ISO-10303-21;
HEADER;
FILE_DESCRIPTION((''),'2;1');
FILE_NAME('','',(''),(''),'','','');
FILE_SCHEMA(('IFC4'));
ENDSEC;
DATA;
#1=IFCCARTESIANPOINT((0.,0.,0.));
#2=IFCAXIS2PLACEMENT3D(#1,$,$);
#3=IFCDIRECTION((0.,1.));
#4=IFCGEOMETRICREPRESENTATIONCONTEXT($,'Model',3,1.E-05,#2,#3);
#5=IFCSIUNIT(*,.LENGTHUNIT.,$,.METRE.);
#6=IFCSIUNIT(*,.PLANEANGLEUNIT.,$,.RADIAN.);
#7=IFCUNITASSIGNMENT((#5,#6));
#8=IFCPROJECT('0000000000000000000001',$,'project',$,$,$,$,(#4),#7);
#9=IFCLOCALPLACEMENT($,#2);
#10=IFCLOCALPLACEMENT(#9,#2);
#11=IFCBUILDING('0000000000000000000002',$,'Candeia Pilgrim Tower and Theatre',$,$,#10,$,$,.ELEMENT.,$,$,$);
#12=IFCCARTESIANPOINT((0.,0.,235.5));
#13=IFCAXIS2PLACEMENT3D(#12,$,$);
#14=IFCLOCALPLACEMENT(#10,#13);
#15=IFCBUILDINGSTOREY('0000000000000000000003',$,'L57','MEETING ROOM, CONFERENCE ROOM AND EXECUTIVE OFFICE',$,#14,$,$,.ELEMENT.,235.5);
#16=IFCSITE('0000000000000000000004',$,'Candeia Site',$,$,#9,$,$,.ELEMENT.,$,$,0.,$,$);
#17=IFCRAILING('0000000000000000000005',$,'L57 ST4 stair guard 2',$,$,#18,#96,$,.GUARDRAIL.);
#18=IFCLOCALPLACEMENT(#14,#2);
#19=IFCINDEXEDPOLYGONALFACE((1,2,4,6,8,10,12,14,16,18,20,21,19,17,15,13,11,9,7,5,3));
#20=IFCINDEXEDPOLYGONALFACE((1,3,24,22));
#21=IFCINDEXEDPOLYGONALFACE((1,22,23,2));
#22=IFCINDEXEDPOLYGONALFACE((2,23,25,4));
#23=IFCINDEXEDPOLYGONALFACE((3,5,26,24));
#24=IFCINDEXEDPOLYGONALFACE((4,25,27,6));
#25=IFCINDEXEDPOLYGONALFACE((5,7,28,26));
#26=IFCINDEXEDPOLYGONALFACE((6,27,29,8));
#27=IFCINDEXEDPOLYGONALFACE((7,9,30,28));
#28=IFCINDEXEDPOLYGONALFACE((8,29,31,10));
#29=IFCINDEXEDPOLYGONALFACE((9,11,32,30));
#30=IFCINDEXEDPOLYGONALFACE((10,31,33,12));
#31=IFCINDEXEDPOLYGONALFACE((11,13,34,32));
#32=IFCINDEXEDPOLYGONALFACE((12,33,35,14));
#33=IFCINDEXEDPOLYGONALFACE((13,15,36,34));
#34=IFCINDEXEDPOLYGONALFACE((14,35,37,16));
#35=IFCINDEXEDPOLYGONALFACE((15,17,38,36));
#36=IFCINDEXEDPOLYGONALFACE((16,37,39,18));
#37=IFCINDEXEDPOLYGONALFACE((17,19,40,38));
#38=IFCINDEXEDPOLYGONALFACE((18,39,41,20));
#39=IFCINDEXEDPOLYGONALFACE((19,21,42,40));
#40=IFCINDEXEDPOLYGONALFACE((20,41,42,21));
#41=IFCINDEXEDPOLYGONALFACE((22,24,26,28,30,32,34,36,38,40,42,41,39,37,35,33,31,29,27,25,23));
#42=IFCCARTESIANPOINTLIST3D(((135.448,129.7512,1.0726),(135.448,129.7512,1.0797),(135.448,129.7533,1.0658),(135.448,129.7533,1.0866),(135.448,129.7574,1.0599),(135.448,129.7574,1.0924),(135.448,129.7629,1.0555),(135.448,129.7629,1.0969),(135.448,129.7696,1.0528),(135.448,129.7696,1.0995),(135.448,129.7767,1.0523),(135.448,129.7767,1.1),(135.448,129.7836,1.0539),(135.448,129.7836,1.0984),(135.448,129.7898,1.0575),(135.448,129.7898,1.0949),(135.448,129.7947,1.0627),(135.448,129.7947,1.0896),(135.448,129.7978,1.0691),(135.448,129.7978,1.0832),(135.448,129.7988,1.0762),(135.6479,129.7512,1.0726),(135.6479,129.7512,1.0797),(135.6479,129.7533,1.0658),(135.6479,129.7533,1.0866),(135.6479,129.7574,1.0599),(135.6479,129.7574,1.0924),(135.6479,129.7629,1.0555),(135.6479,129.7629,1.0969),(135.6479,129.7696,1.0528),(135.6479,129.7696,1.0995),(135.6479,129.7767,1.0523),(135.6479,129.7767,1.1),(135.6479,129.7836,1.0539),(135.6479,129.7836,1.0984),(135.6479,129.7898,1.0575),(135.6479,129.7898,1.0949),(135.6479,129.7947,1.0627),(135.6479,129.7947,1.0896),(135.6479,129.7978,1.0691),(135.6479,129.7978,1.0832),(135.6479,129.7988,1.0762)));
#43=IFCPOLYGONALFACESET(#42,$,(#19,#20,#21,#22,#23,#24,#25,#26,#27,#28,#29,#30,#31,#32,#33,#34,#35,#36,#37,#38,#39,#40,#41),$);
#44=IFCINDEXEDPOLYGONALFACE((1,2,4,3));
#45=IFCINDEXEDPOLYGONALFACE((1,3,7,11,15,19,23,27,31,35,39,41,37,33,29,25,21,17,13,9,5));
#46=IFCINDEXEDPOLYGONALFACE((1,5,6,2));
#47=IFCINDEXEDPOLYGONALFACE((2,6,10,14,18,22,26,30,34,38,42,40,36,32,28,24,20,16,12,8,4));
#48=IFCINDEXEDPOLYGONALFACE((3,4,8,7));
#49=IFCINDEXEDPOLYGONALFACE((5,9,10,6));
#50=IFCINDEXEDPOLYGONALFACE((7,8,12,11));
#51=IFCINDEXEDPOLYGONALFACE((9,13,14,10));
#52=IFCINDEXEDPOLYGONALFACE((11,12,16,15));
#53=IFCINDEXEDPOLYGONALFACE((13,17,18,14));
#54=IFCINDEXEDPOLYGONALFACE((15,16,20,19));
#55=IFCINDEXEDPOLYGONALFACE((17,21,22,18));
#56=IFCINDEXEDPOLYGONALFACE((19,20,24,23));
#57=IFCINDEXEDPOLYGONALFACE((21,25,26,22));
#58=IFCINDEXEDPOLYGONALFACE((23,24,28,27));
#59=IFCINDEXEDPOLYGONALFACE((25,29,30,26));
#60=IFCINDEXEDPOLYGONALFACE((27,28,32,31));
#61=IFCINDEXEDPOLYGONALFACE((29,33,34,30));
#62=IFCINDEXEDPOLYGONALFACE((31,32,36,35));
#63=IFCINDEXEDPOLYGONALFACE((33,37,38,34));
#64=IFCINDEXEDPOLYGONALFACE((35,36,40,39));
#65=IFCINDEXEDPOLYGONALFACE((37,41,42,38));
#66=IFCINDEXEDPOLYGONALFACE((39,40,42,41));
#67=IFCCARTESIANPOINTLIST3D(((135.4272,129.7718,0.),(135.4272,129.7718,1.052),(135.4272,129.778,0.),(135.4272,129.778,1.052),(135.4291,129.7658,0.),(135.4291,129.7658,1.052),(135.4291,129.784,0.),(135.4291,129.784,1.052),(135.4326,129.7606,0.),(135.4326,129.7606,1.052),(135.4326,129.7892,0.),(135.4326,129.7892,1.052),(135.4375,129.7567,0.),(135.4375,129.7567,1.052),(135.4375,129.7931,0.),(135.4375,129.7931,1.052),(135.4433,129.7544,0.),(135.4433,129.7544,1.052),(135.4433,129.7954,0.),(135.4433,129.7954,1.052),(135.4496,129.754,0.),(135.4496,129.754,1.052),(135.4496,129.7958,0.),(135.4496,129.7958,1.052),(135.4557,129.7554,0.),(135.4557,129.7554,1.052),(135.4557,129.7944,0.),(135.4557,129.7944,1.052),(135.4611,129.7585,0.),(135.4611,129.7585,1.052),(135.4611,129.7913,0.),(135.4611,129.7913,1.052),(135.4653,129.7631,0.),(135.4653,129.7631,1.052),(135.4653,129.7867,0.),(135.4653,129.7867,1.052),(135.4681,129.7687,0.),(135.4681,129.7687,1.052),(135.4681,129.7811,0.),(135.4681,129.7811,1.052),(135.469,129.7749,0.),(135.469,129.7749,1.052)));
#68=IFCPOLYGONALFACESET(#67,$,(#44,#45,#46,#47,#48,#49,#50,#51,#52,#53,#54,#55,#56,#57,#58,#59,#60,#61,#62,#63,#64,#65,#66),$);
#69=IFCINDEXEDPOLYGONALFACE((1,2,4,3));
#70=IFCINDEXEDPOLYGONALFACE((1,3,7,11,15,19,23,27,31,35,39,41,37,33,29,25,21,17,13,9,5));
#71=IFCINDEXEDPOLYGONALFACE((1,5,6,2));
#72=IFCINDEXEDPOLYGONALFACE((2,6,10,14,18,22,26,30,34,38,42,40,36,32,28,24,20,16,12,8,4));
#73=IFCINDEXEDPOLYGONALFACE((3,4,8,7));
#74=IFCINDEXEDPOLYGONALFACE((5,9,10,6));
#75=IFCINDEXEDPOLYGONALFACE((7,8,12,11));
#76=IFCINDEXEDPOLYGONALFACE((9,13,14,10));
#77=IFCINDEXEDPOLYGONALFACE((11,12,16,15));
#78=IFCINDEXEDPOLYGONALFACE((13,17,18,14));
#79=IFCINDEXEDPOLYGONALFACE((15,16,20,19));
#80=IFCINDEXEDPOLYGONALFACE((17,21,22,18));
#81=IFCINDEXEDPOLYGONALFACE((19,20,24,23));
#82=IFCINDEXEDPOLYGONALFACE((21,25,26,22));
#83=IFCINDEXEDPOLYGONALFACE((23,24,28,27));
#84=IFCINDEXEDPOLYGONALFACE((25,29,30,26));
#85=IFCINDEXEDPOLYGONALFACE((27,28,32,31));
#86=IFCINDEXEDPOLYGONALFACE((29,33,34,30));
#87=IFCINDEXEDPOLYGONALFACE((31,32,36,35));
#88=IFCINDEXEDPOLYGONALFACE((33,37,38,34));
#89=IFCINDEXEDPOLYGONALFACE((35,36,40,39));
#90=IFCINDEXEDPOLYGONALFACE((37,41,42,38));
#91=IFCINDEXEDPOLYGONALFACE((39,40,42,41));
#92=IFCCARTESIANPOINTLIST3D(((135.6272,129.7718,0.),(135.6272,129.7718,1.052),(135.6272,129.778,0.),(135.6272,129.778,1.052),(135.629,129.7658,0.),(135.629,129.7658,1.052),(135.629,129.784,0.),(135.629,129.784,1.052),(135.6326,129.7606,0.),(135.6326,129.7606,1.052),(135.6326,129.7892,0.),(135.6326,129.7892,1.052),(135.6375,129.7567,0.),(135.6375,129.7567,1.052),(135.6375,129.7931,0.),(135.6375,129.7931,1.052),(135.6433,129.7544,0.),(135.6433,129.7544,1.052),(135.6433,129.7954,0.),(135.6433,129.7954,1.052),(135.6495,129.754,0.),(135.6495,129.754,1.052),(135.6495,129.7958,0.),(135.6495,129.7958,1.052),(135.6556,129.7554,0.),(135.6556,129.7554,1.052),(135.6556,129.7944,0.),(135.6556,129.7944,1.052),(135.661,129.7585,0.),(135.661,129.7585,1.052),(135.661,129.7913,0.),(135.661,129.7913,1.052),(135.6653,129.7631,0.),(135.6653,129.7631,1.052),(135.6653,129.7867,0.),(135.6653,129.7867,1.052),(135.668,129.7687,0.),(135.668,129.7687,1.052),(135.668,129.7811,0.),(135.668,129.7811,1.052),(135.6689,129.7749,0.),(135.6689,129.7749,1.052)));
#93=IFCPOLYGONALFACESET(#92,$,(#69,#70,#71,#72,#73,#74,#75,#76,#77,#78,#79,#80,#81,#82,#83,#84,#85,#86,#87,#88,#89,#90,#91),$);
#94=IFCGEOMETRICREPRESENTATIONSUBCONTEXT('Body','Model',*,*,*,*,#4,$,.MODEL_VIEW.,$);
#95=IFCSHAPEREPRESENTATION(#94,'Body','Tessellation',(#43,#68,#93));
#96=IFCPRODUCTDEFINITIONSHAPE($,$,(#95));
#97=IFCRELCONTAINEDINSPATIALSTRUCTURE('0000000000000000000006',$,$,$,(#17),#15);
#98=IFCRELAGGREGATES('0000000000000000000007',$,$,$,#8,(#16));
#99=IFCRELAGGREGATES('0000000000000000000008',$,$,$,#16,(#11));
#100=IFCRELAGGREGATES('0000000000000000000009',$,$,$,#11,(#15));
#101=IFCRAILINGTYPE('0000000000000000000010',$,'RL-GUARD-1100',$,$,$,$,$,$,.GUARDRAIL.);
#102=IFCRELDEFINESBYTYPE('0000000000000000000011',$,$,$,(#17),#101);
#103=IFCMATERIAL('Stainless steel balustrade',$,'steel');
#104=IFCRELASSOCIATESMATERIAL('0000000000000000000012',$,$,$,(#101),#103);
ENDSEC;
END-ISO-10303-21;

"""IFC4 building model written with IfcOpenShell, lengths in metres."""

from ifc_helpers import new_model, si_unit, direction, frame, origin, origin_2d, place, context, subcontext, project, spatial, circle, extrude, material, type_object, element, save


model = new_model("IFC4")

# Units and contexts
model_context = context("Model", 3, precision=1e-05, world=origin(), true_north=direction((0.0, 1.0)))
body_context = subcontext(model_context, "Body", "Model", "MODEL_VIEW")
ifc_project = project(units=[si_unit("LENGTHUNIT", "METRE"), si_unit("PLANEANGLEUNIT", "RADIAN")], contexts=[model_context])

# Site, building, storey
site_placement = place(None, origin())
site = spatial("IfcSite", under=ifc_project, at=site_placement, Name="Candeia Site", CompositionType="ELEMENT", RefElevation=0.0)
building_placement = place(site_placement, origin())
building = spatial("IfcBuilding", under=site, at=building_placement, Name="Candeia Pilgrim Tower and Theatre", CompositionType="ELEMENT")
storey_placement = place(building_placement, frame((0.0, 0.0, 235.5)))
storey = spatial("IfcBuildingStorey", under=building, at=storey_placement, Name="L57", Description="MEETING ROOM, CONFERENCE ROOM AND EXECUTIVE OFFICE", CompositionType="ELEMENT", Elevation=235.5)

# Railing
ifc_material_1 = material(Name="Stainless steel balustrade", Category="steel")
railing_type_1 = type_object("IfcRailingType", Name="RL-GUARD-1100", PredefinedType="GUARDRAIL", material=ifc_material_1)
railing_1_placement = place(storey_placement, frame((135.448, 129.7749, 0.0)))
element("IfcRailing", 1, at=railing_1_placement, inside=storey, type_object=railing_type_1, Name="L57 ST4 stair guard 2", PredefinedType="GUARDRAIL", context=body_context, shape_type="SweptSolid", body=[
    extrude(circle(Radius=0.0239, at=origin_2d()), frame((0.0, 0.0, 1.0762), z_axis=(1.0, 0.0, 0.0), x_axis=(0.0, 1.0, 0.0)), (0.0, 0.0, 1.0), 0.2),
    extrude(circle(Radius=0.021, at=origin_2d()), origin(), (0.0, 0.0, 1.0), 1.052),
    extrude(circle(Radius=0.021, at=origin_2d()), frame((0.2, 0.0, 0.0)), (0.0, 0.0, 1.0), 1.052),
])

save(model, "model.ifc")
